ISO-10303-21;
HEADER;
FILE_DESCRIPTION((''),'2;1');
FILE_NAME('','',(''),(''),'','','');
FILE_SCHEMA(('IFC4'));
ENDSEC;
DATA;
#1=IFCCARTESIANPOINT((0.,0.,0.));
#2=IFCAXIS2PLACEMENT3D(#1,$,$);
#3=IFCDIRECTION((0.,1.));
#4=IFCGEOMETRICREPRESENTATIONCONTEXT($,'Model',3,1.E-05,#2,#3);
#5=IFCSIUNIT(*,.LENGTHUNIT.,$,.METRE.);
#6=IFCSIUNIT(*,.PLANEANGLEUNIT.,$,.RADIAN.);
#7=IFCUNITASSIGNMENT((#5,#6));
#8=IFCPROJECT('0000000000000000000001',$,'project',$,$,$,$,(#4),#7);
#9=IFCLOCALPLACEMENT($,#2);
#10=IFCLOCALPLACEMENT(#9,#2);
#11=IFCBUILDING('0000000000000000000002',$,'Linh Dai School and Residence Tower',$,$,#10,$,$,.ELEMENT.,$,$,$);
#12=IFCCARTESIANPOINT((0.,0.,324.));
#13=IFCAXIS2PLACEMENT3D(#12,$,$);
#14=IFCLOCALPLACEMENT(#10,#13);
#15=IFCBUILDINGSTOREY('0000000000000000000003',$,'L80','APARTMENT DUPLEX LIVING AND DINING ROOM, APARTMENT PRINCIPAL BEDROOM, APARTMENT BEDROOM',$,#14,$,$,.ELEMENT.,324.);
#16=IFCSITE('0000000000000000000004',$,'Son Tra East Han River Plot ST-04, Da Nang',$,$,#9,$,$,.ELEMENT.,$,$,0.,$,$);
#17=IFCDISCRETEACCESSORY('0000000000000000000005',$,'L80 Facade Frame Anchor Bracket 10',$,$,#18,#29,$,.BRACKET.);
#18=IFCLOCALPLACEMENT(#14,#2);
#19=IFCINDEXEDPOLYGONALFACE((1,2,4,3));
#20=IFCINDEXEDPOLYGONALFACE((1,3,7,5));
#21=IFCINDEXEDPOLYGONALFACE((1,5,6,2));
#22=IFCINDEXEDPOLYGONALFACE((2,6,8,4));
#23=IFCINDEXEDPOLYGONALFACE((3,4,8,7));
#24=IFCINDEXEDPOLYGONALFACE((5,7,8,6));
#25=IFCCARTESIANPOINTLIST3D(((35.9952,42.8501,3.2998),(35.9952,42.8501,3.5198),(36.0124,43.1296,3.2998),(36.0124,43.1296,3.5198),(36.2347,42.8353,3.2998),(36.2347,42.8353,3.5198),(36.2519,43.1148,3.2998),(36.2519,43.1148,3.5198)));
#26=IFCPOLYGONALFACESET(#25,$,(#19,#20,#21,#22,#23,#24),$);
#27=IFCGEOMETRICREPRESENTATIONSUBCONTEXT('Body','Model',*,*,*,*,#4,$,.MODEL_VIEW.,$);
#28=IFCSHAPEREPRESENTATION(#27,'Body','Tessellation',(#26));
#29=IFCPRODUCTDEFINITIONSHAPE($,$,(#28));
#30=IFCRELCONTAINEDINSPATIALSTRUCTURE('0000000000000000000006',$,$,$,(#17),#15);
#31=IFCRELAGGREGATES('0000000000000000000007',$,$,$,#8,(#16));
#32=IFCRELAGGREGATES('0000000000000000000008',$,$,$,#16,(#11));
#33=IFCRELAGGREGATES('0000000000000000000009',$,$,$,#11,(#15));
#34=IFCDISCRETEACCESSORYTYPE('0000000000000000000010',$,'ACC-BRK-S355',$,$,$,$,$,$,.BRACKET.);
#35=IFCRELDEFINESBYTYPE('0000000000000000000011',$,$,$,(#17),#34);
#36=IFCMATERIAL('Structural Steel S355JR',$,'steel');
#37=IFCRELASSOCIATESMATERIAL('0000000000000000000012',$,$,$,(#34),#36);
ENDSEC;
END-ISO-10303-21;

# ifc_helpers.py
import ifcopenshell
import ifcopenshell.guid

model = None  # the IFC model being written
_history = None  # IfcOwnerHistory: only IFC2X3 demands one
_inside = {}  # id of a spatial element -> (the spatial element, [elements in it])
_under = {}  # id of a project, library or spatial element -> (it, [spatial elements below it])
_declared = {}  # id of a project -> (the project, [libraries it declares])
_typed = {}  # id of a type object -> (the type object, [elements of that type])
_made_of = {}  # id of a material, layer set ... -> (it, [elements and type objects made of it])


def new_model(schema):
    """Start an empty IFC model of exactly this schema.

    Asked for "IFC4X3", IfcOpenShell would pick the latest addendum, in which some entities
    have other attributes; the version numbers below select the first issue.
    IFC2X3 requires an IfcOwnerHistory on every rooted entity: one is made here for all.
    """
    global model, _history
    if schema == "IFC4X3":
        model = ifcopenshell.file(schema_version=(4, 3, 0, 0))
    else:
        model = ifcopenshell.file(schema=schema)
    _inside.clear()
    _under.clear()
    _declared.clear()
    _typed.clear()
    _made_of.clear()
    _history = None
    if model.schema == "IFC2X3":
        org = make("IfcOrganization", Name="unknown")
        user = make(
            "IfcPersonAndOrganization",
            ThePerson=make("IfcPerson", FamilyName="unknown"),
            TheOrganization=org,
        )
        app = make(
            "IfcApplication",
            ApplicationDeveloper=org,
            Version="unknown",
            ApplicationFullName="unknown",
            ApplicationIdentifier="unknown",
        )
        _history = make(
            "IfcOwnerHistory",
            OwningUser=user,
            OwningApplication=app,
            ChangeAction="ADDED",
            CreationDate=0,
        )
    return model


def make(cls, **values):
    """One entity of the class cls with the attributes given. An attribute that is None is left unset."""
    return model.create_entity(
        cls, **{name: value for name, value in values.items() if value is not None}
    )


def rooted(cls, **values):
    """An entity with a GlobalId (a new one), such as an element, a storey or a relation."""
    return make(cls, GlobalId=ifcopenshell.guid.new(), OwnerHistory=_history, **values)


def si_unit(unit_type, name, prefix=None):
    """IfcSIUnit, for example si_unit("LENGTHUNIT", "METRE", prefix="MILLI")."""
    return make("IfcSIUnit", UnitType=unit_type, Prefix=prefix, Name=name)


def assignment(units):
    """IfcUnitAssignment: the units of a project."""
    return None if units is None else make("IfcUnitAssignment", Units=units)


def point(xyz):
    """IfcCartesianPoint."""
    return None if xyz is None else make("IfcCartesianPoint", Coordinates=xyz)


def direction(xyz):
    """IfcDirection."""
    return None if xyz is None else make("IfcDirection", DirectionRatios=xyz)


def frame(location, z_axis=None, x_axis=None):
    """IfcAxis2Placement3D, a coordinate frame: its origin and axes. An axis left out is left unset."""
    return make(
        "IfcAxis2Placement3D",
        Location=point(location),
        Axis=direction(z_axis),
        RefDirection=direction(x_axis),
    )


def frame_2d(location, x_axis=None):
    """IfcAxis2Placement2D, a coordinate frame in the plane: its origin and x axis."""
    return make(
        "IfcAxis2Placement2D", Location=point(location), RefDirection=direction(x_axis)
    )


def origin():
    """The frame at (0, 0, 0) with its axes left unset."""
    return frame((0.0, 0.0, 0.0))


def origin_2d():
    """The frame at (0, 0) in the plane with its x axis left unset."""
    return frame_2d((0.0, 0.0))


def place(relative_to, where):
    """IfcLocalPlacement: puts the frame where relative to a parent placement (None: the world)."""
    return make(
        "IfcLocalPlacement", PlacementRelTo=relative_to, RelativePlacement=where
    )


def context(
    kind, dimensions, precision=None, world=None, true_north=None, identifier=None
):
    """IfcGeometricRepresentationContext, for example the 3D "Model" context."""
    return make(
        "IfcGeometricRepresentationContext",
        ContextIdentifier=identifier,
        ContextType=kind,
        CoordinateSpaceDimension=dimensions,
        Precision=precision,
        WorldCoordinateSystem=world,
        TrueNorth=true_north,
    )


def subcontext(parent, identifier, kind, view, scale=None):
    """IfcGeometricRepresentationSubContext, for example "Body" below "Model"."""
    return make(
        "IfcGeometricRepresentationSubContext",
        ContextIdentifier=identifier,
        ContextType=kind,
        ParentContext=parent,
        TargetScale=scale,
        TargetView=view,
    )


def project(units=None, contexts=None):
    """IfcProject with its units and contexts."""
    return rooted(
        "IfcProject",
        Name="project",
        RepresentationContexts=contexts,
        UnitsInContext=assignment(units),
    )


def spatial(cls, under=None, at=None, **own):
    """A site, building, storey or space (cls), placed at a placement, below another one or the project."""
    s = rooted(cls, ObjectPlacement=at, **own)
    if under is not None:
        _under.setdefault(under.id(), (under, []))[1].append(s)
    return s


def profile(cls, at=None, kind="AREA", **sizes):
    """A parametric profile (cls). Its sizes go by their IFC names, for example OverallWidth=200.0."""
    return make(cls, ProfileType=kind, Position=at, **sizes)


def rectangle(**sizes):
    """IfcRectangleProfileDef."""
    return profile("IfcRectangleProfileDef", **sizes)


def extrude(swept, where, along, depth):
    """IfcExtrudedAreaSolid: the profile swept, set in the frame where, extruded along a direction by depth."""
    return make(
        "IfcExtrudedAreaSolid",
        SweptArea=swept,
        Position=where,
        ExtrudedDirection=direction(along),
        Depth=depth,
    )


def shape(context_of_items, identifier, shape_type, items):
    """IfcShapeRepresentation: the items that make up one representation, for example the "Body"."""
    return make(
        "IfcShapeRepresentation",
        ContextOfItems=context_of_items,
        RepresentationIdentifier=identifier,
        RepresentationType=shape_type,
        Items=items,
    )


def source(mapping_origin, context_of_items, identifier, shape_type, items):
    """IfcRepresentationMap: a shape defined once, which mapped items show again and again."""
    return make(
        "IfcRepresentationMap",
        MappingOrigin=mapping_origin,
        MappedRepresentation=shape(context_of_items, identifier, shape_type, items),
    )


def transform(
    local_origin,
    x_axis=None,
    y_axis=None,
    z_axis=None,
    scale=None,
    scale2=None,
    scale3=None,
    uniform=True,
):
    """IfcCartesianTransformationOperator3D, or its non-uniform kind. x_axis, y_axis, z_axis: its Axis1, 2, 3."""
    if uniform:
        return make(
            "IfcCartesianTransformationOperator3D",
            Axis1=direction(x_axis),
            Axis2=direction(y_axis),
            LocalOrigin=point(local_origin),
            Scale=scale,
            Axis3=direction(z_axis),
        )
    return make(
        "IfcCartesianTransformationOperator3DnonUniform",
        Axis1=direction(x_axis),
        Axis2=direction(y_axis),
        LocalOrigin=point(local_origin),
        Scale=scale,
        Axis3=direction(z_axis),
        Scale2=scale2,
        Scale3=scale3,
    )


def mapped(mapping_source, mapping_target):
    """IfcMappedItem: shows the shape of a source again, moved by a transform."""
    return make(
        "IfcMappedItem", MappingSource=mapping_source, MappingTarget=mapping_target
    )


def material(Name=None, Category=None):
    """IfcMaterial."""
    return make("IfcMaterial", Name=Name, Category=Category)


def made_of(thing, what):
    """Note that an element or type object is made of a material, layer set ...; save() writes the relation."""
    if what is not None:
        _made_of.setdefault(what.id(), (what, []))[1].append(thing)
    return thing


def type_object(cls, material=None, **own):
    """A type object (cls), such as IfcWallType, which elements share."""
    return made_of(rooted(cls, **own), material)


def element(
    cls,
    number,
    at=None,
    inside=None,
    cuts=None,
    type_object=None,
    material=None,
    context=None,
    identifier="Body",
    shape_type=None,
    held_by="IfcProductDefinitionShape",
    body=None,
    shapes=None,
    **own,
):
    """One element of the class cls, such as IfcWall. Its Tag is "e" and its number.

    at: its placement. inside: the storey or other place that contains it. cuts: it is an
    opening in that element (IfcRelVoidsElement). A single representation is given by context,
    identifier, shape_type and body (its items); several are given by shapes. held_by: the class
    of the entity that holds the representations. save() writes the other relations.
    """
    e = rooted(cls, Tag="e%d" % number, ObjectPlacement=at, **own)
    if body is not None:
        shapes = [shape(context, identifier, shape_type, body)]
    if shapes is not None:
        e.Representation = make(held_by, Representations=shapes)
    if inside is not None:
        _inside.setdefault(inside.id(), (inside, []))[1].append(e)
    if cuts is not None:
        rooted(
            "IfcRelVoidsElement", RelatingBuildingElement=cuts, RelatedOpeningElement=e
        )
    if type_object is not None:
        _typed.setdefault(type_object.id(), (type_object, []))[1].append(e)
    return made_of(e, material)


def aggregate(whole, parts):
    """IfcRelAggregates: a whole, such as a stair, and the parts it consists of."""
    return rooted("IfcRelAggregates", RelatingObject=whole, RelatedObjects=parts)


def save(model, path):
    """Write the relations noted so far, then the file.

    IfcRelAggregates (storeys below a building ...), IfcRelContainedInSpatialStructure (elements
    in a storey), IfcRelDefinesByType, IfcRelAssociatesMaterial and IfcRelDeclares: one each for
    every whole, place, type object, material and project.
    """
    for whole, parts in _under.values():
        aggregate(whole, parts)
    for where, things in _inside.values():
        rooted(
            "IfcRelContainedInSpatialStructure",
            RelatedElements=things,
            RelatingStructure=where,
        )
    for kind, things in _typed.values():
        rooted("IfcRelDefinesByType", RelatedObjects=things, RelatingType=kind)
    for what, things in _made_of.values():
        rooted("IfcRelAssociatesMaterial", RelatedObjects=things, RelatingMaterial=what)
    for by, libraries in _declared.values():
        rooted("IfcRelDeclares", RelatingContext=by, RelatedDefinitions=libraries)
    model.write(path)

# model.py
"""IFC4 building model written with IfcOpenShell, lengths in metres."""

from ifc_helpers import new_model, si_unit, direction, frame, origin, origin_2d, place, context, subcontext, project, spatial, rectangle, extrude, source, transform, mapped, material, type_object, element, save


model = new_model("IFC4")

# Units and contexts
model_context = context("Model", 3, precision=1e-05, world=origin(), true_north=direction((0.0, 1.0)))
body_context = subcontext(model_context, "Body", "Model", "MODEL_VIEW")
ifc_project = project(units=[si_unit("LENGTHUNIT", "METRE"), si_unit("PLANEANGLEUNIT", "RADIAN")], contexts=[model_context])

# Site, building, storey
site_placement = place(None, origin())
site = spatial("IfcSite", under=ifc_project, at=site_placement, Name="Son Tra East Han River Plot ST-04, Da Nang", CompositionType="ELEMENT", RefElevation=0.0)
building_placement = place(site_placement, origin())
building = spatial("IfcBuilding", under=site, at=building_placement, Name="Linh Dai School and Residence Tower", CompositionType="ELEMENT")
storey_placement = place(building_placement, frame((0.0, 0.0, 324.0)))
storey = spatial("IfcBuildingStorey", under=building, at=storey_placement, Name="L80", Description="APARTMENT DUPLEX LIVING AND DINING ROOM, APARTMENT PRINCIPAL BEDROOM, APARTMENT BEDROOM", CompositionType="ELEMENT", Elevation=324.0)

# Shared definitions
ifc_material_1 = material(Name="Structural Steel S355JR", Category="steel")

# Discrete accessory
discrete_accessory_type = type_object("IfcDiscreteAccessoryType", Name="ACC-BRK-S355", PredefinedType="BRACKET", material=ifc_material_1)
shared_shape_1 = source(origin(), body_context, "Body", "SweptSolid", [
    extrude(rectangle(XDim=0.28, YDim=0.24, at=origin_2d()), origin(), (0.0, 0.0, 1.0), 0.22),
])
discrete_accessory_placement = place(storey_placement, frame((36.1235, 42.9824, 3.2998), z_axis=(0.0, 0.0, 1.0), x_axis=(0.061518, 0.998106, 0.0)))
element("IfcDiscreteAccessory", 1, at=discrete_accessory_placement, inside=storey, type_object=discrete_accessory_type, Name="L80 Facade Frame Anchor Bracket 10", PredefinedType="BRACKET", context=body_context, shape_type="MappedRepresentation", body=[
    mapped(shared_shape_1, transform((0.0, 0.0, 0.0), x_axis=(1.0, 0.0, 0.0), y_axis=(0.0, 1.0, 0.0), z_axis=(0.0, 0.0, 1.0), scale=1.0)),
])

save(model, "model.ifc")
